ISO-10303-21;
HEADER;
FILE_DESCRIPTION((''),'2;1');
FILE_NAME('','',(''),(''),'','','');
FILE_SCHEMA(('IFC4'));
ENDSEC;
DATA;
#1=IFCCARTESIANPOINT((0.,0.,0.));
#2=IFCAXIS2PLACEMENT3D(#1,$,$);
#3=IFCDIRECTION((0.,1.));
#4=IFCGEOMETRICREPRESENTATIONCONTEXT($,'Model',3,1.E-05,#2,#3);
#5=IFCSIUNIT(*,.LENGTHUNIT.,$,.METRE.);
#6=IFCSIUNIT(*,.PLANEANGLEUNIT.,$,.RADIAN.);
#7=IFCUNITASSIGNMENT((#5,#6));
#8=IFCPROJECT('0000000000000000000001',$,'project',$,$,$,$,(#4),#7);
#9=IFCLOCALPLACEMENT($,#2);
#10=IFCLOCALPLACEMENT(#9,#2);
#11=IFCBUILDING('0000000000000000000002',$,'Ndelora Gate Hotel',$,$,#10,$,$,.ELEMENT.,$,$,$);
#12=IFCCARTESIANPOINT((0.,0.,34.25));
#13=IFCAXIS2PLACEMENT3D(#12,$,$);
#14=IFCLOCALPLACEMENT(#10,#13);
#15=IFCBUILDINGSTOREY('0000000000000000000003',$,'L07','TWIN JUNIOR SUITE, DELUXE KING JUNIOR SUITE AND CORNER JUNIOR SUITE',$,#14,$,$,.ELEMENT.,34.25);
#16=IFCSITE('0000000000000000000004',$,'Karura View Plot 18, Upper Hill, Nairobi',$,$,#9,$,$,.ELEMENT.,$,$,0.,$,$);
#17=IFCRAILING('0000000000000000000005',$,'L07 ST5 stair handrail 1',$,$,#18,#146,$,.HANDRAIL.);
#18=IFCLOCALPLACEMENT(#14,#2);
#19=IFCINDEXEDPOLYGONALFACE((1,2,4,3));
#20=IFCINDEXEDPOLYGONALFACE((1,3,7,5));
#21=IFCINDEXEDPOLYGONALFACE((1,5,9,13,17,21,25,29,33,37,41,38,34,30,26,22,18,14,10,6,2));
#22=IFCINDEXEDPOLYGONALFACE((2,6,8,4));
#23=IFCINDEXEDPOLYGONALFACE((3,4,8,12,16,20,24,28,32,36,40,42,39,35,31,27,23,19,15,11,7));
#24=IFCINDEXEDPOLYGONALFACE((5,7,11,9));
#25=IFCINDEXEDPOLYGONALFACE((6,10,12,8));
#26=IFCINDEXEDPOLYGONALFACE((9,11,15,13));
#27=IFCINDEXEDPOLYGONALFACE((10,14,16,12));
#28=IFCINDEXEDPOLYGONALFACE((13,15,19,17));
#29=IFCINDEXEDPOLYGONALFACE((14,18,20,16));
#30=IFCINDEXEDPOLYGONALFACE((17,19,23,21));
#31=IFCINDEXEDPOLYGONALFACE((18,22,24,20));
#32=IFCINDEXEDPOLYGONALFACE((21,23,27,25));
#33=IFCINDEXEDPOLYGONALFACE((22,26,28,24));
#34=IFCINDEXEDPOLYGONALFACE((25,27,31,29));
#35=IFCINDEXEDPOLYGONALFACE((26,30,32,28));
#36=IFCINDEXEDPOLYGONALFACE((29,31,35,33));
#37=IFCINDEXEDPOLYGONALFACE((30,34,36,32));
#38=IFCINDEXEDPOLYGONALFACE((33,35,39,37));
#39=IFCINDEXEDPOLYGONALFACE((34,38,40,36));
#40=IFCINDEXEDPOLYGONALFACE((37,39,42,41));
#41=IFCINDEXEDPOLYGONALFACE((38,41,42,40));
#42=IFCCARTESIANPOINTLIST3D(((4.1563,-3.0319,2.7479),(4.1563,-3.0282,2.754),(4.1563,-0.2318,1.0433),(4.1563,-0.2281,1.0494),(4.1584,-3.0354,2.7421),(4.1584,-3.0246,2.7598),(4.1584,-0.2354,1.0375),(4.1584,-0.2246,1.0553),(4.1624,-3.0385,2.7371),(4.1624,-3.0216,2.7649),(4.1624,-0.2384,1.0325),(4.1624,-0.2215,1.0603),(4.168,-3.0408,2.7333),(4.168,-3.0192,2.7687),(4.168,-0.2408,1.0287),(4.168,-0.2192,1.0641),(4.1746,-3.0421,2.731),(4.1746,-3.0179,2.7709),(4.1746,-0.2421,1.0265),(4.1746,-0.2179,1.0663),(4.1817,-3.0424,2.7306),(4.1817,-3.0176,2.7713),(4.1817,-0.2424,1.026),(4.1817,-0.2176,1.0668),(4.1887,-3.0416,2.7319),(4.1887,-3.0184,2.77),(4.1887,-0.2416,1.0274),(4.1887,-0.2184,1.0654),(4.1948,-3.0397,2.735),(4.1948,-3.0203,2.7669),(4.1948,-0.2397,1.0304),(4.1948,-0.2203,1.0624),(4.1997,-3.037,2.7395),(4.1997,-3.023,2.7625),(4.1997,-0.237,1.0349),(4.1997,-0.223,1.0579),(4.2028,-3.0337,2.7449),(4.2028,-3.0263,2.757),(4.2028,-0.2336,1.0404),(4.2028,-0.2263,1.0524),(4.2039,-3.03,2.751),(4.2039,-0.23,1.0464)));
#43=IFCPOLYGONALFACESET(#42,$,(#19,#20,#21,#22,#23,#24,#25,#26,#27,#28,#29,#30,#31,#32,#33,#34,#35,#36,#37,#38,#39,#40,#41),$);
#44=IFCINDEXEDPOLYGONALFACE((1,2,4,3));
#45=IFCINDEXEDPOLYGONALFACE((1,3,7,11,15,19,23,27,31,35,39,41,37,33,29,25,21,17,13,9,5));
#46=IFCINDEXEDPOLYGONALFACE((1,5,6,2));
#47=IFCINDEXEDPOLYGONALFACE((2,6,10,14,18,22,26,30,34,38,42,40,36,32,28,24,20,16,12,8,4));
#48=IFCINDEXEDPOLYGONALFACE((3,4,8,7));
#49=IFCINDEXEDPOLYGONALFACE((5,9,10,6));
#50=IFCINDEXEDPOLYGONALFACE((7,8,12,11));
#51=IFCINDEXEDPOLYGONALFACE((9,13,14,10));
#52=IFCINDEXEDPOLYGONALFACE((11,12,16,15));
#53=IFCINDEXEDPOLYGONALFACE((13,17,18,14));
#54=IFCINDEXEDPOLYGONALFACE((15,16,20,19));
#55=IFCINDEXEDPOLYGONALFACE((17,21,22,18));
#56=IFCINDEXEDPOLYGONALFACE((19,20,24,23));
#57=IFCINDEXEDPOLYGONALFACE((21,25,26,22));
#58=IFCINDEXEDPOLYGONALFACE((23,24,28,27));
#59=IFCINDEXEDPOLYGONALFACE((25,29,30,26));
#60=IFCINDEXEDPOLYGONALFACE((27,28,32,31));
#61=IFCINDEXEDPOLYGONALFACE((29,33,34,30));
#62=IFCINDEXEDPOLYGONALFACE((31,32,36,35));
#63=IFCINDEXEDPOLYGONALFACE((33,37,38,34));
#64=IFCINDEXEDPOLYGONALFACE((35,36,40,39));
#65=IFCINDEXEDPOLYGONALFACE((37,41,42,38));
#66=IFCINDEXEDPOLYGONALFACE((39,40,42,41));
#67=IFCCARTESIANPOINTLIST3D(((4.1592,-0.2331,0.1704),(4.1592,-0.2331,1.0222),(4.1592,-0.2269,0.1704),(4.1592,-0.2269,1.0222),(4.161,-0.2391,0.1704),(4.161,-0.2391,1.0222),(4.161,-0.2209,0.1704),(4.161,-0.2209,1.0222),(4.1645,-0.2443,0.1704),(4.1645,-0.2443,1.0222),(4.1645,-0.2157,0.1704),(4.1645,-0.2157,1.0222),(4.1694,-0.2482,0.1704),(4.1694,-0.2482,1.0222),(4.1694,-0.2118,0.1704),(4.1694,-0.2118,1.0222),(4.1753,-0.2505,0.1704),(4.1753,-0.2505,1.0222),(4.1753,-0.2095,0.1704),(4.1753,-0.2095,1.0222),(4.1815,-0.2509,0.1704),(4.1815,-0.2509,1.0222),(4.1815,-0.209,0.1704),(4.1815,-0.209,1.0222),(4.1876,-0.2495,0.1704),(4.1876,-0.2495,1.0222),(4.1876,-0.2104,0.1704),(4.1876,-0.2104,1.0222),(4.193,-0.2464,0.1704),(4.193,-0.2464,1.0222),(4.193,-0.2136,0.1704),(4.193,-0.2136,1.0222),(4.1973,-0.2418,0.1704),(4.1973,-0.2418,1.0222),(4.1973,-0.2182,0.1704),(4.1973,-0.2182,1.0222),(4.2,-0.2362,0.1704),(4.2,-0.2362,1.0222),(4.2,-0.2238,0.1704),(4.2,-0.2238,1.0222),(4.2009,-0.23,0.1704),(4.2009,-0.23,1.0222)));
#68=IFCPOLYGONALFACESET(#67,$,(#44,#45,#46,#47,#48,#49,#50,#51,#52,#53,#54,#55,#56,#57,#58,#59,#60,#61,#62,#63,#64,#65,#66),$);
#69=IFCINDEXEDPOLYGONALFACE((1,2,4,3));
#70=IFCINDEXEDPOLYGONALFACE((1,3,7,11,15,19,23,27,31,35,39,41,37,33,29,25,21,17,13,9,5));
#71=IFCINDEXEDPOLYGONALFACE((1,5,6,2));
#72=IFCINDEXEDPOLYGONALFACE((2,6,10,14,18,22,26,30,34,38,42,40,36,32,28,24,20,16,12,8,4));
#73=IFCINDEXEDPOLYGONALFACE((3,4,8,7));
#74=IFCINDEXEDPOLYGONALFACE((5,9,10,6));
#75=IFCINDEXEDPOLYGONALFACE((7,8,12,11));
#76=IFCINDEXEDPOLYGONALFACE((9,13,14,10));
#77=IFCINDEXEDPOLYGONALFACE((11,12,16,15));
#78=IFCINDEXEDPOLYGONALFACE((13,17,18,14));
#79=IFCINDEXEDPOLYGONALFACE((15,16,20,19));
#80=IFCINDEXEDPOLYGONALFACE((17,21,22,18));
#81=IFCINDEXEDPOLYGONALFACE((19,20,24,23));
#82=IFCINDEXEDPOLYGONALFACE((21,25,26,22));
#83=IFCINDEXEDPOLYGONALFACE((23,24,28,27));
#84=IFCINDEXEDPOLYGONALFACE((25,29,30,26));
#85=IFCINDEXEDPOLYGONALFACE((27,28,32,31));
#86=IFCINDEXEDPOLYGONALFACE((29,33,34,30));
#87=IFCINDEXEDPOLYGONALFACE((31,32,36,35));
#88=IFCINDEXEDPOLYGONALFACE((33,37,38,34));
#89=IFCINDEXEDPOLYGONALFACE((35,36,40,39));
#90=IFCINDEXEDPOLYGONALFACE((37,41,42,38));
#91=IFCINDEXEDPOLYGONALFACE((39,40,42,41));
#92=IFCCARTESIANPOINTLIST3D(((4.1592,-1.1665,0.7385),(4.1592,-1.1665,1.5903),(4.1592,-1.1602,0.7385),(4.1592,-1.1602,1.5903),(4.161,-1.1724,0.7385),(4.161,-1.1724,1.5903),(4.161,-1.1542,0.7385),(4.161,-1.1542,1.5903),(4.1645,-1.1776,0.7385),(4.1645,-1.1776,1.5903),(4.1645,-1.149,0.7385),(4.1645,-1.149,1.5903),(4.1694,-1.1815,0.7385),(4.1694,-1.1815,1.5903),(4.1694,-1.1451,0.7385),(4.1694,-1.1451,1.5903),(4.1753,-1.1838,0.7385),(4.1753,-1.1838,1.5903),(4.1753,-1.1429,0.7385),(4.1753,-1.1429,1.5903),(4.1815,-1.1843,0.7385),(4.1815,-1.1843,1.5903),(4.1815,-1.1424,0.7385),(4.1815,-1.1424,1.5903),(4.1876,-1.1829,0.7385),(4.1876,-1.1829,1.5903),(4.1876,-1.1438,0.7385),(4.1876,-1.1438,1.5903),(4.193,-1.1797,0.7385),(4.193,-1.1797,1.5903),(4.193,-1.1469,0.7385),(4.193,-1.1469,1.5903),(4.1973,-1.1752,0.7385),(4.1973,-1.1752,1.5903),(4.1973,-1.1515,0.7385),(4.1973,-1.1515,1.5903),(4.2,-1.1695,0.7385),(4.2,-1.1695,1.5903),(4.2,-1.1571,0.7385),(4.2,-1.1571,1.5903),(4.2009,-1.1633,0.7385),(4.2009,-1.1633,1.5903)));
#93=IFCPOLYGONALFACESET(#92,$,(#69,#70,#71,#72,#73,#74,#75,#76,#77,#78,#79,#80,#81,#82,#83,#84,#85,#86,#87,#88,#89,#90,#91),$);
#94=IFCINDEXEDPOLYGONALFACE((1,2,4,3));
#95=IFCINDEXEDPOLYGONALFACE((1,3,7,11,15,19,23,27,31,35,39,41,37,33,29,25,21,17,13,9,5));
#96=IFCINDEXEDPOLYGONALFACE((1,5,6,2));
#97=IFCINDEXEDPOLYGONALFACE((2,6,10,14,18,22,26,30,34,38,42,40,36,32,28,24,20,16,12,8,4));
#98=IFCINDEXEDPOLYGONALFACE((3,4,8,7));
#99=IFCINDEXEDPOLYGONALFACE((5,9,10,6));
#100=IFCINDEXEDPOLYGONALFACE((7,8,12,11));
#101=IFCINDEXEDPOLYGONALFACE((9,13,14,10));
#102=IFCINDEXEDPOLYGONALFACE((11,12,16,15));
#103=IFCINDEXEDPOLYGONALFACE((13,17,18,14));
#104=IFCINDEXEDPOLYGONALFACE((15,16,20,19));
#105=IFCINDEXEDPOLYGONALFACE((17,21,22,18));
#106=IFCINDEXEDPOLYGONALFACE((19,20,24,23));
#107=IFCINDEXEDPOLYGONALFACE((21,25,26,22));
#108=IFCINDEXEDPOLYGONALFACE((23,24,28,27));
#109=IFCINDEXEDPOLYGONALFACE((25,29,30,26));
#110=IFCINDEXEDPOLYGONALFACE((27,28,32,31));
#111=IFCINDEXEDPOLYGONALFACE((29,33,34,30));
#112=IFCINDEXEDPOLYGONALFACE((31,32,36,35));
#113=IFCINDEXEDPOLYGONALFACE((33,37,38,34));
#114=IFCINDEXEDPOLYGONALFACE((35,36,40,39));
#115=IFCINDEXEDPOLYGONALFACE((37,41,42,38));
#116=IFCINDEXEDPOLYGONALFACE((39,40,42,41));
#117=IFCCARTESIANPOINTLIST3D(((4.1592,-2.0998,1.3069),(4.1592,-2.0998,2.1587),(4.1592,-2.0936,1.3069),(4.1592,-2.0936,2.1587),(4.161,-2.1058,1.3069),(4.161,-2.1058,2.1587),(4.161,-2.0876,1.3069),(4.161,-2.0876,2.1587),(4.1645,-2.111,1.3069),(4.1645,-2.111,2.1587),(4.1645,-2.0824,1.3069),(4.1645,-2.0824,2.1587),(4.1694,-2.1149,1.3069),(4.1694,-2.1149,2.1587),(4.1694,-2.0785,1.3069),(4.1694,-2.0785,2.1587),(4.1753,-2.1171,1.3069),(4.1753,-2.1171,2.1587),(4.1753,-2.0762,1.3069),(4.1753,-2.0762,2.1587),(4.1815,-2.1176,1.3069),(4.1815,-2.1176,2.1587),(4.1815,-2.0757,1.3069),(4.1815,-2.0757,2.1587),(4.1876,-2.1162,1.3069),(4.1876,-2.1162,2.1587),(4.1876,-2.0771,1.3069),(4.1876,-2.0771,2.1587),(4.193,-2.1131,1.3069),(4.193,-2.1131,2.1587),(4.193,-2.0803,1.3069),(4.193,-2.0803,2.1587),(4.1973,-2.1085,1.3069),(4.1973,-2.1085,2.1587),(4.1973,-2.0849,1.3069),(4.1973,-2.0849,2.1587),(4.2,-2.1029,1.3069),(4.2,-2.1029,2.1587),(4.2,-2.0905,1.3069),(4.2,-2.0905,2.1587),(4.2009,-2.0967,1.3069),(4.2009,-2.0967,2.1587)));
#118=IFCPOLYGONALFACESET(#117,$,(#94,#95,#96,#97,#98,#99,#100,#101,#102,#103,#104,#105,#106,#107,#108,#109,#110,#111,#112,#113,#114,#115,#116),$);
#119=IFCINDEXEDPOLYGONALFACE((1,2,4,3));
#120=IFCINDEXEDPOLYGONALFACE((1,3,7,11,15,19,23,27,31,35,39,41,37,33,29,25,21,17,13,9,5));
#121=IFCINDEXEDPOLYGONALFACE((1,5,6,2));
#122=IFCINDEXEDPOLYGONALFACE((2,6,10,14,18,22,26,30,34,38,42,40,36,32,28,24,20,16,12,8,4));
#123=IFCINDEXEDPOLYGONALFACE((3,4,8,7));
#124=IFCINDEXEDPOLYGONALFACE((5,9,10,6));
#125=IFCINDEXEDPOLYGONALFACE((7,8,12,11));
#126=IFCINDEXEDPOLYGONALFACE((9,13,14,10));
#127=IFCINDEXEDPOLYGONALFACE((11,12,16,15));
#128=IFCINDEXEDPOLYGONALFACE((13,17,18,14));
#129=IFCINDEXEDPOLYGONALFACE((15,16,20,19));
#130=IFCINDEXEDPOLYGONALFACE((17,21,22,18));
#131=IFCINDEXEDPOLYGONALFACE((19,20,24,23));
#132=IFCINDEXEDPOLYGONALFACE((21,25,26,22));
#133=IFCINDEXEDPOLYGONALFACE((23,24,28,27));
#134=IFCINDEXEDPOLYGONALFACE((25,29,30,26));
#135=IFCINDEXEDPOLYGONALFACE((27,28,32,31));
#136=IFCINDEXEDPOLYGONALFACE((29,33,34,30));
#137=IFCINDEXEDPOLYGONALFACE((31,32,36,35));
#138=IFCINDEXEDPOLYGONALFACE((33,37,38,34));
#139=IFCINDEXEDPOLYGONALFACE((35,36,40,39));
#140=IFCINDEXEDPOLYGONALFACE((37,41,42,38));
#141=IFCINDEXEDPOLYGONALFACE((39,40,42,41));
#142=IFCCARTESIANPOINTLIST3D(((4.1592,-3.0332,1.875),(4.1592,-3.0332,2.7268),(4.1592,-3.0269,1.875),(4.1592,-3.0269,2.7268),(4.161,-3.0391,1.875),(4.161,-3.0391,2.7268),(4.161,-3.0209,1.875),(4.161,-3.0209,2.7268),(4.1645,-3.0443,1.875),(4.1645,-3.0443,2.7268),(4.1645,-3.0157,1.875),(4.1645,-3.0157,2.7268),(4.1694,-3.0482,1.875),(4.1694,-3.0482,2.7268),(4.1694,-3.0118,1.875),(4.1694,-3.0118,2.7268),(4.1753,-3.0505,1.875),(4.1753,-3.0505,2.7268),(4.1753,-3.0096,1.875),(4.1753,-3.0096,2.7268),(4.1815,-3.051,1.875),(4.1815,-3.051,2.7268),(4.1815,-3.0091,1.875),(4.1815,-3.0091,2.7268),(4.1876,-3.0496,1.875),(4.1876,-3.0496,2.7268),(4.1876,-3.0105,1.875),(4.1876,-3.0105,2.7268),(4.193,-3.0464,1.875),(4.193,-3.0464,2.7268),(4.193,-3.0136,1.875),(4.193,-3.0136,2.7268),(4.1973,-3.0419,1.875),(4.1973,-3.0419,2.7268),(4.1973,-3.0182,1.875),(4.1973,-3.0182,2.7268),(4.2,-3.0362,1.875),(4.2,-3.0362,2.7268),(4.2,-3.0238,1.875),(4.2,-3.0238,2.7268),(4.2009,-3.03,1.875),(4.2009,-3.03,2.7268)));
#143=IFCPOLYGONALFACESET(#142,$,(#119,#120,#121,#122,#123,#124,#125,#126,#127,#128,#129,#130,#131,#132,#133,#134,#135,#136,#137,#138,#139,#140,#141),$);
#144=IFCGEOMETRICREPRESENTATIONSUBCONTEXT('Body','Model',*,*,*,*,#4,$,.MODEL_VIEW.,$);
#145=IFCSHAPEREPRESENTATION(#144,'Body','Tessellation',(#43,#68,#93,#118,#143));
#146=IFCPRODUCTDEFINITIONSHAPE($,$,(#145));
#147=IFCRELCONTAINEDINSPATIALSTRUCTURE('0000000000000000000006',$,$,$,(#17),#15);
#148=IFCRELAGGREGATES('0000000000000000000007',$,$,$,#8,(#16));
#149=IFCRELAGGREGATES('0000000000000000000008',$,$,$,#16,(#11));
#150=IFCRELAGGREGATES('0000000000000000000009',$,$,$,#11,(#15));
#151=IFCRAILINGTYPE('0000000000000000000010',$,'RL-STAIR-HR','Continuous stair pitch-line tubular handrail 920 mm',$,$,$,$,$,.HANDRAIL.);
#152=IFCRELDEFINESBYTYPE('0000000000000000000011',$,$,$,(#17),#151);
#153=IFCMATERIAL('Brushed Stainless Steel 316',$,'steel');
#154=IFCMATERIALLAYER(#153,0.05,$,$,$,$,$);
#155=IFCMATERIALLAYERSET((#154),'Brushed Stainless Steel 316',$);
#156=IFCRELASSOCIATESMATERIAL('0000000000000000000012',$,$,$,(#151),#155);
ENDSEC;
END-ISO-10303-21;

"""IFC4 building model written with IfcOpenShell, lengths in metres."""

from ifc_helpers import new_model, si_unit, direction, frame, origin, origin_2d, place, context, subcontext, project, spatial, circle, extrude, material, layer, layer_set, type_object, element, save


model = new_model("IFC4")

# Units and contexts
model_context = context("Model", 3, precision=1e-05, world=origin(), true_north=direction((0.0, 1.0)))
body_context = subcontext(model_context, "Body", "Model", "MODEL_VIEW")
ifc_project = project(units=[si_unit("LENGTHUNIT", "METRE"), si_unit("PLANEANGLEUNIT", "RADIAN")], contexts=[model_context])

# Site, building, storey
site_placement = place(None, origin())
site = spatial("IfcSite", under=ifc_project, at=site_placement, Name="Karura View Plot 18, Upper Hill, Nairobi", CompositionType="ELEMENT", RefElevation=0.0)
building_placement = place(site_placement, origin())
building = spatial("IfcBuilding", under=site, at=building_placement, Name="Ndelora Gate Hotel", CompositionType="ELEMENT")
storey_placement = place(building_placement, frame((0.0, 0.0, 34.25)))
storey = spatial("IfcBuildingStorey", under=building, at=storey_placement, Name="L07", Description="TWIN JUNIOR SUITE, DELUXE KING JUNIOR SUITE AND CORNER JUNIOR SUITE", CompositionType="ELEMENT", Elevation=34.25)

# Railing
ifc_material_1 = material(Name="Brushed Stainless Steel 316", Category="steel")
ifc_layer_1 = layer(ifc_material_1, 0.05)
ifc_layer_set_1 = layer_set([ifc_layer_1], Name="Brushed Stainless Steel 316")
railing_type_1 = type_object("IfcRailingType", Name="RL-STAIR-HR", Description="Continuous stair pitch-line tubular handrail 920 mm", PredefinedType="HANDRAIL", material=ifc_layer_set_1)
railing_1_placement = place(storey_placement, frame((4.1799, -0.23, 0.1704)))
element("IfcRailing", 1, at=railing_1_placement, inside=storey, type_object=railing_type_1, Name="L07 ST5 stair handrail 1", PredefinedType="HANDRAIL", context=body_context, shape_type="SweptSolid", body=[
    extrude(circle(Radius=0.0239, at=origin_2d()), frame((0.0, 0.0, 0.876), z_axis=(0.0, -0.85417, 0.519994), x_axis=(1.0, 0.0, 0.0)), (0.0, 0.0, 1.0), 3.2781),
    extrude(circle(Radius=0.021, at=origin_2d()), origin(), (0.0, 0.0, 1.0), 0.8518),
    extrude(circle(Radius=0.021, at=origin_2d()), frame((0.0, -0.9333, 0.5681)), (0.0, 0.0, 1.0), 0.8518),
    extrude(circle(Radius=0.021, at=origin_2d()), frame((0.0, -1.8667, 1.1365)), (0.0, 0.0, 1.0), 0.8518),
    extrude(circle(Radius=0.021, at=origin_2d()), frame((0.0, -2.8, 1.7046)), (0.0, 0.0, 1.0), 0.8518),
])

save(model, "model.ifc")
